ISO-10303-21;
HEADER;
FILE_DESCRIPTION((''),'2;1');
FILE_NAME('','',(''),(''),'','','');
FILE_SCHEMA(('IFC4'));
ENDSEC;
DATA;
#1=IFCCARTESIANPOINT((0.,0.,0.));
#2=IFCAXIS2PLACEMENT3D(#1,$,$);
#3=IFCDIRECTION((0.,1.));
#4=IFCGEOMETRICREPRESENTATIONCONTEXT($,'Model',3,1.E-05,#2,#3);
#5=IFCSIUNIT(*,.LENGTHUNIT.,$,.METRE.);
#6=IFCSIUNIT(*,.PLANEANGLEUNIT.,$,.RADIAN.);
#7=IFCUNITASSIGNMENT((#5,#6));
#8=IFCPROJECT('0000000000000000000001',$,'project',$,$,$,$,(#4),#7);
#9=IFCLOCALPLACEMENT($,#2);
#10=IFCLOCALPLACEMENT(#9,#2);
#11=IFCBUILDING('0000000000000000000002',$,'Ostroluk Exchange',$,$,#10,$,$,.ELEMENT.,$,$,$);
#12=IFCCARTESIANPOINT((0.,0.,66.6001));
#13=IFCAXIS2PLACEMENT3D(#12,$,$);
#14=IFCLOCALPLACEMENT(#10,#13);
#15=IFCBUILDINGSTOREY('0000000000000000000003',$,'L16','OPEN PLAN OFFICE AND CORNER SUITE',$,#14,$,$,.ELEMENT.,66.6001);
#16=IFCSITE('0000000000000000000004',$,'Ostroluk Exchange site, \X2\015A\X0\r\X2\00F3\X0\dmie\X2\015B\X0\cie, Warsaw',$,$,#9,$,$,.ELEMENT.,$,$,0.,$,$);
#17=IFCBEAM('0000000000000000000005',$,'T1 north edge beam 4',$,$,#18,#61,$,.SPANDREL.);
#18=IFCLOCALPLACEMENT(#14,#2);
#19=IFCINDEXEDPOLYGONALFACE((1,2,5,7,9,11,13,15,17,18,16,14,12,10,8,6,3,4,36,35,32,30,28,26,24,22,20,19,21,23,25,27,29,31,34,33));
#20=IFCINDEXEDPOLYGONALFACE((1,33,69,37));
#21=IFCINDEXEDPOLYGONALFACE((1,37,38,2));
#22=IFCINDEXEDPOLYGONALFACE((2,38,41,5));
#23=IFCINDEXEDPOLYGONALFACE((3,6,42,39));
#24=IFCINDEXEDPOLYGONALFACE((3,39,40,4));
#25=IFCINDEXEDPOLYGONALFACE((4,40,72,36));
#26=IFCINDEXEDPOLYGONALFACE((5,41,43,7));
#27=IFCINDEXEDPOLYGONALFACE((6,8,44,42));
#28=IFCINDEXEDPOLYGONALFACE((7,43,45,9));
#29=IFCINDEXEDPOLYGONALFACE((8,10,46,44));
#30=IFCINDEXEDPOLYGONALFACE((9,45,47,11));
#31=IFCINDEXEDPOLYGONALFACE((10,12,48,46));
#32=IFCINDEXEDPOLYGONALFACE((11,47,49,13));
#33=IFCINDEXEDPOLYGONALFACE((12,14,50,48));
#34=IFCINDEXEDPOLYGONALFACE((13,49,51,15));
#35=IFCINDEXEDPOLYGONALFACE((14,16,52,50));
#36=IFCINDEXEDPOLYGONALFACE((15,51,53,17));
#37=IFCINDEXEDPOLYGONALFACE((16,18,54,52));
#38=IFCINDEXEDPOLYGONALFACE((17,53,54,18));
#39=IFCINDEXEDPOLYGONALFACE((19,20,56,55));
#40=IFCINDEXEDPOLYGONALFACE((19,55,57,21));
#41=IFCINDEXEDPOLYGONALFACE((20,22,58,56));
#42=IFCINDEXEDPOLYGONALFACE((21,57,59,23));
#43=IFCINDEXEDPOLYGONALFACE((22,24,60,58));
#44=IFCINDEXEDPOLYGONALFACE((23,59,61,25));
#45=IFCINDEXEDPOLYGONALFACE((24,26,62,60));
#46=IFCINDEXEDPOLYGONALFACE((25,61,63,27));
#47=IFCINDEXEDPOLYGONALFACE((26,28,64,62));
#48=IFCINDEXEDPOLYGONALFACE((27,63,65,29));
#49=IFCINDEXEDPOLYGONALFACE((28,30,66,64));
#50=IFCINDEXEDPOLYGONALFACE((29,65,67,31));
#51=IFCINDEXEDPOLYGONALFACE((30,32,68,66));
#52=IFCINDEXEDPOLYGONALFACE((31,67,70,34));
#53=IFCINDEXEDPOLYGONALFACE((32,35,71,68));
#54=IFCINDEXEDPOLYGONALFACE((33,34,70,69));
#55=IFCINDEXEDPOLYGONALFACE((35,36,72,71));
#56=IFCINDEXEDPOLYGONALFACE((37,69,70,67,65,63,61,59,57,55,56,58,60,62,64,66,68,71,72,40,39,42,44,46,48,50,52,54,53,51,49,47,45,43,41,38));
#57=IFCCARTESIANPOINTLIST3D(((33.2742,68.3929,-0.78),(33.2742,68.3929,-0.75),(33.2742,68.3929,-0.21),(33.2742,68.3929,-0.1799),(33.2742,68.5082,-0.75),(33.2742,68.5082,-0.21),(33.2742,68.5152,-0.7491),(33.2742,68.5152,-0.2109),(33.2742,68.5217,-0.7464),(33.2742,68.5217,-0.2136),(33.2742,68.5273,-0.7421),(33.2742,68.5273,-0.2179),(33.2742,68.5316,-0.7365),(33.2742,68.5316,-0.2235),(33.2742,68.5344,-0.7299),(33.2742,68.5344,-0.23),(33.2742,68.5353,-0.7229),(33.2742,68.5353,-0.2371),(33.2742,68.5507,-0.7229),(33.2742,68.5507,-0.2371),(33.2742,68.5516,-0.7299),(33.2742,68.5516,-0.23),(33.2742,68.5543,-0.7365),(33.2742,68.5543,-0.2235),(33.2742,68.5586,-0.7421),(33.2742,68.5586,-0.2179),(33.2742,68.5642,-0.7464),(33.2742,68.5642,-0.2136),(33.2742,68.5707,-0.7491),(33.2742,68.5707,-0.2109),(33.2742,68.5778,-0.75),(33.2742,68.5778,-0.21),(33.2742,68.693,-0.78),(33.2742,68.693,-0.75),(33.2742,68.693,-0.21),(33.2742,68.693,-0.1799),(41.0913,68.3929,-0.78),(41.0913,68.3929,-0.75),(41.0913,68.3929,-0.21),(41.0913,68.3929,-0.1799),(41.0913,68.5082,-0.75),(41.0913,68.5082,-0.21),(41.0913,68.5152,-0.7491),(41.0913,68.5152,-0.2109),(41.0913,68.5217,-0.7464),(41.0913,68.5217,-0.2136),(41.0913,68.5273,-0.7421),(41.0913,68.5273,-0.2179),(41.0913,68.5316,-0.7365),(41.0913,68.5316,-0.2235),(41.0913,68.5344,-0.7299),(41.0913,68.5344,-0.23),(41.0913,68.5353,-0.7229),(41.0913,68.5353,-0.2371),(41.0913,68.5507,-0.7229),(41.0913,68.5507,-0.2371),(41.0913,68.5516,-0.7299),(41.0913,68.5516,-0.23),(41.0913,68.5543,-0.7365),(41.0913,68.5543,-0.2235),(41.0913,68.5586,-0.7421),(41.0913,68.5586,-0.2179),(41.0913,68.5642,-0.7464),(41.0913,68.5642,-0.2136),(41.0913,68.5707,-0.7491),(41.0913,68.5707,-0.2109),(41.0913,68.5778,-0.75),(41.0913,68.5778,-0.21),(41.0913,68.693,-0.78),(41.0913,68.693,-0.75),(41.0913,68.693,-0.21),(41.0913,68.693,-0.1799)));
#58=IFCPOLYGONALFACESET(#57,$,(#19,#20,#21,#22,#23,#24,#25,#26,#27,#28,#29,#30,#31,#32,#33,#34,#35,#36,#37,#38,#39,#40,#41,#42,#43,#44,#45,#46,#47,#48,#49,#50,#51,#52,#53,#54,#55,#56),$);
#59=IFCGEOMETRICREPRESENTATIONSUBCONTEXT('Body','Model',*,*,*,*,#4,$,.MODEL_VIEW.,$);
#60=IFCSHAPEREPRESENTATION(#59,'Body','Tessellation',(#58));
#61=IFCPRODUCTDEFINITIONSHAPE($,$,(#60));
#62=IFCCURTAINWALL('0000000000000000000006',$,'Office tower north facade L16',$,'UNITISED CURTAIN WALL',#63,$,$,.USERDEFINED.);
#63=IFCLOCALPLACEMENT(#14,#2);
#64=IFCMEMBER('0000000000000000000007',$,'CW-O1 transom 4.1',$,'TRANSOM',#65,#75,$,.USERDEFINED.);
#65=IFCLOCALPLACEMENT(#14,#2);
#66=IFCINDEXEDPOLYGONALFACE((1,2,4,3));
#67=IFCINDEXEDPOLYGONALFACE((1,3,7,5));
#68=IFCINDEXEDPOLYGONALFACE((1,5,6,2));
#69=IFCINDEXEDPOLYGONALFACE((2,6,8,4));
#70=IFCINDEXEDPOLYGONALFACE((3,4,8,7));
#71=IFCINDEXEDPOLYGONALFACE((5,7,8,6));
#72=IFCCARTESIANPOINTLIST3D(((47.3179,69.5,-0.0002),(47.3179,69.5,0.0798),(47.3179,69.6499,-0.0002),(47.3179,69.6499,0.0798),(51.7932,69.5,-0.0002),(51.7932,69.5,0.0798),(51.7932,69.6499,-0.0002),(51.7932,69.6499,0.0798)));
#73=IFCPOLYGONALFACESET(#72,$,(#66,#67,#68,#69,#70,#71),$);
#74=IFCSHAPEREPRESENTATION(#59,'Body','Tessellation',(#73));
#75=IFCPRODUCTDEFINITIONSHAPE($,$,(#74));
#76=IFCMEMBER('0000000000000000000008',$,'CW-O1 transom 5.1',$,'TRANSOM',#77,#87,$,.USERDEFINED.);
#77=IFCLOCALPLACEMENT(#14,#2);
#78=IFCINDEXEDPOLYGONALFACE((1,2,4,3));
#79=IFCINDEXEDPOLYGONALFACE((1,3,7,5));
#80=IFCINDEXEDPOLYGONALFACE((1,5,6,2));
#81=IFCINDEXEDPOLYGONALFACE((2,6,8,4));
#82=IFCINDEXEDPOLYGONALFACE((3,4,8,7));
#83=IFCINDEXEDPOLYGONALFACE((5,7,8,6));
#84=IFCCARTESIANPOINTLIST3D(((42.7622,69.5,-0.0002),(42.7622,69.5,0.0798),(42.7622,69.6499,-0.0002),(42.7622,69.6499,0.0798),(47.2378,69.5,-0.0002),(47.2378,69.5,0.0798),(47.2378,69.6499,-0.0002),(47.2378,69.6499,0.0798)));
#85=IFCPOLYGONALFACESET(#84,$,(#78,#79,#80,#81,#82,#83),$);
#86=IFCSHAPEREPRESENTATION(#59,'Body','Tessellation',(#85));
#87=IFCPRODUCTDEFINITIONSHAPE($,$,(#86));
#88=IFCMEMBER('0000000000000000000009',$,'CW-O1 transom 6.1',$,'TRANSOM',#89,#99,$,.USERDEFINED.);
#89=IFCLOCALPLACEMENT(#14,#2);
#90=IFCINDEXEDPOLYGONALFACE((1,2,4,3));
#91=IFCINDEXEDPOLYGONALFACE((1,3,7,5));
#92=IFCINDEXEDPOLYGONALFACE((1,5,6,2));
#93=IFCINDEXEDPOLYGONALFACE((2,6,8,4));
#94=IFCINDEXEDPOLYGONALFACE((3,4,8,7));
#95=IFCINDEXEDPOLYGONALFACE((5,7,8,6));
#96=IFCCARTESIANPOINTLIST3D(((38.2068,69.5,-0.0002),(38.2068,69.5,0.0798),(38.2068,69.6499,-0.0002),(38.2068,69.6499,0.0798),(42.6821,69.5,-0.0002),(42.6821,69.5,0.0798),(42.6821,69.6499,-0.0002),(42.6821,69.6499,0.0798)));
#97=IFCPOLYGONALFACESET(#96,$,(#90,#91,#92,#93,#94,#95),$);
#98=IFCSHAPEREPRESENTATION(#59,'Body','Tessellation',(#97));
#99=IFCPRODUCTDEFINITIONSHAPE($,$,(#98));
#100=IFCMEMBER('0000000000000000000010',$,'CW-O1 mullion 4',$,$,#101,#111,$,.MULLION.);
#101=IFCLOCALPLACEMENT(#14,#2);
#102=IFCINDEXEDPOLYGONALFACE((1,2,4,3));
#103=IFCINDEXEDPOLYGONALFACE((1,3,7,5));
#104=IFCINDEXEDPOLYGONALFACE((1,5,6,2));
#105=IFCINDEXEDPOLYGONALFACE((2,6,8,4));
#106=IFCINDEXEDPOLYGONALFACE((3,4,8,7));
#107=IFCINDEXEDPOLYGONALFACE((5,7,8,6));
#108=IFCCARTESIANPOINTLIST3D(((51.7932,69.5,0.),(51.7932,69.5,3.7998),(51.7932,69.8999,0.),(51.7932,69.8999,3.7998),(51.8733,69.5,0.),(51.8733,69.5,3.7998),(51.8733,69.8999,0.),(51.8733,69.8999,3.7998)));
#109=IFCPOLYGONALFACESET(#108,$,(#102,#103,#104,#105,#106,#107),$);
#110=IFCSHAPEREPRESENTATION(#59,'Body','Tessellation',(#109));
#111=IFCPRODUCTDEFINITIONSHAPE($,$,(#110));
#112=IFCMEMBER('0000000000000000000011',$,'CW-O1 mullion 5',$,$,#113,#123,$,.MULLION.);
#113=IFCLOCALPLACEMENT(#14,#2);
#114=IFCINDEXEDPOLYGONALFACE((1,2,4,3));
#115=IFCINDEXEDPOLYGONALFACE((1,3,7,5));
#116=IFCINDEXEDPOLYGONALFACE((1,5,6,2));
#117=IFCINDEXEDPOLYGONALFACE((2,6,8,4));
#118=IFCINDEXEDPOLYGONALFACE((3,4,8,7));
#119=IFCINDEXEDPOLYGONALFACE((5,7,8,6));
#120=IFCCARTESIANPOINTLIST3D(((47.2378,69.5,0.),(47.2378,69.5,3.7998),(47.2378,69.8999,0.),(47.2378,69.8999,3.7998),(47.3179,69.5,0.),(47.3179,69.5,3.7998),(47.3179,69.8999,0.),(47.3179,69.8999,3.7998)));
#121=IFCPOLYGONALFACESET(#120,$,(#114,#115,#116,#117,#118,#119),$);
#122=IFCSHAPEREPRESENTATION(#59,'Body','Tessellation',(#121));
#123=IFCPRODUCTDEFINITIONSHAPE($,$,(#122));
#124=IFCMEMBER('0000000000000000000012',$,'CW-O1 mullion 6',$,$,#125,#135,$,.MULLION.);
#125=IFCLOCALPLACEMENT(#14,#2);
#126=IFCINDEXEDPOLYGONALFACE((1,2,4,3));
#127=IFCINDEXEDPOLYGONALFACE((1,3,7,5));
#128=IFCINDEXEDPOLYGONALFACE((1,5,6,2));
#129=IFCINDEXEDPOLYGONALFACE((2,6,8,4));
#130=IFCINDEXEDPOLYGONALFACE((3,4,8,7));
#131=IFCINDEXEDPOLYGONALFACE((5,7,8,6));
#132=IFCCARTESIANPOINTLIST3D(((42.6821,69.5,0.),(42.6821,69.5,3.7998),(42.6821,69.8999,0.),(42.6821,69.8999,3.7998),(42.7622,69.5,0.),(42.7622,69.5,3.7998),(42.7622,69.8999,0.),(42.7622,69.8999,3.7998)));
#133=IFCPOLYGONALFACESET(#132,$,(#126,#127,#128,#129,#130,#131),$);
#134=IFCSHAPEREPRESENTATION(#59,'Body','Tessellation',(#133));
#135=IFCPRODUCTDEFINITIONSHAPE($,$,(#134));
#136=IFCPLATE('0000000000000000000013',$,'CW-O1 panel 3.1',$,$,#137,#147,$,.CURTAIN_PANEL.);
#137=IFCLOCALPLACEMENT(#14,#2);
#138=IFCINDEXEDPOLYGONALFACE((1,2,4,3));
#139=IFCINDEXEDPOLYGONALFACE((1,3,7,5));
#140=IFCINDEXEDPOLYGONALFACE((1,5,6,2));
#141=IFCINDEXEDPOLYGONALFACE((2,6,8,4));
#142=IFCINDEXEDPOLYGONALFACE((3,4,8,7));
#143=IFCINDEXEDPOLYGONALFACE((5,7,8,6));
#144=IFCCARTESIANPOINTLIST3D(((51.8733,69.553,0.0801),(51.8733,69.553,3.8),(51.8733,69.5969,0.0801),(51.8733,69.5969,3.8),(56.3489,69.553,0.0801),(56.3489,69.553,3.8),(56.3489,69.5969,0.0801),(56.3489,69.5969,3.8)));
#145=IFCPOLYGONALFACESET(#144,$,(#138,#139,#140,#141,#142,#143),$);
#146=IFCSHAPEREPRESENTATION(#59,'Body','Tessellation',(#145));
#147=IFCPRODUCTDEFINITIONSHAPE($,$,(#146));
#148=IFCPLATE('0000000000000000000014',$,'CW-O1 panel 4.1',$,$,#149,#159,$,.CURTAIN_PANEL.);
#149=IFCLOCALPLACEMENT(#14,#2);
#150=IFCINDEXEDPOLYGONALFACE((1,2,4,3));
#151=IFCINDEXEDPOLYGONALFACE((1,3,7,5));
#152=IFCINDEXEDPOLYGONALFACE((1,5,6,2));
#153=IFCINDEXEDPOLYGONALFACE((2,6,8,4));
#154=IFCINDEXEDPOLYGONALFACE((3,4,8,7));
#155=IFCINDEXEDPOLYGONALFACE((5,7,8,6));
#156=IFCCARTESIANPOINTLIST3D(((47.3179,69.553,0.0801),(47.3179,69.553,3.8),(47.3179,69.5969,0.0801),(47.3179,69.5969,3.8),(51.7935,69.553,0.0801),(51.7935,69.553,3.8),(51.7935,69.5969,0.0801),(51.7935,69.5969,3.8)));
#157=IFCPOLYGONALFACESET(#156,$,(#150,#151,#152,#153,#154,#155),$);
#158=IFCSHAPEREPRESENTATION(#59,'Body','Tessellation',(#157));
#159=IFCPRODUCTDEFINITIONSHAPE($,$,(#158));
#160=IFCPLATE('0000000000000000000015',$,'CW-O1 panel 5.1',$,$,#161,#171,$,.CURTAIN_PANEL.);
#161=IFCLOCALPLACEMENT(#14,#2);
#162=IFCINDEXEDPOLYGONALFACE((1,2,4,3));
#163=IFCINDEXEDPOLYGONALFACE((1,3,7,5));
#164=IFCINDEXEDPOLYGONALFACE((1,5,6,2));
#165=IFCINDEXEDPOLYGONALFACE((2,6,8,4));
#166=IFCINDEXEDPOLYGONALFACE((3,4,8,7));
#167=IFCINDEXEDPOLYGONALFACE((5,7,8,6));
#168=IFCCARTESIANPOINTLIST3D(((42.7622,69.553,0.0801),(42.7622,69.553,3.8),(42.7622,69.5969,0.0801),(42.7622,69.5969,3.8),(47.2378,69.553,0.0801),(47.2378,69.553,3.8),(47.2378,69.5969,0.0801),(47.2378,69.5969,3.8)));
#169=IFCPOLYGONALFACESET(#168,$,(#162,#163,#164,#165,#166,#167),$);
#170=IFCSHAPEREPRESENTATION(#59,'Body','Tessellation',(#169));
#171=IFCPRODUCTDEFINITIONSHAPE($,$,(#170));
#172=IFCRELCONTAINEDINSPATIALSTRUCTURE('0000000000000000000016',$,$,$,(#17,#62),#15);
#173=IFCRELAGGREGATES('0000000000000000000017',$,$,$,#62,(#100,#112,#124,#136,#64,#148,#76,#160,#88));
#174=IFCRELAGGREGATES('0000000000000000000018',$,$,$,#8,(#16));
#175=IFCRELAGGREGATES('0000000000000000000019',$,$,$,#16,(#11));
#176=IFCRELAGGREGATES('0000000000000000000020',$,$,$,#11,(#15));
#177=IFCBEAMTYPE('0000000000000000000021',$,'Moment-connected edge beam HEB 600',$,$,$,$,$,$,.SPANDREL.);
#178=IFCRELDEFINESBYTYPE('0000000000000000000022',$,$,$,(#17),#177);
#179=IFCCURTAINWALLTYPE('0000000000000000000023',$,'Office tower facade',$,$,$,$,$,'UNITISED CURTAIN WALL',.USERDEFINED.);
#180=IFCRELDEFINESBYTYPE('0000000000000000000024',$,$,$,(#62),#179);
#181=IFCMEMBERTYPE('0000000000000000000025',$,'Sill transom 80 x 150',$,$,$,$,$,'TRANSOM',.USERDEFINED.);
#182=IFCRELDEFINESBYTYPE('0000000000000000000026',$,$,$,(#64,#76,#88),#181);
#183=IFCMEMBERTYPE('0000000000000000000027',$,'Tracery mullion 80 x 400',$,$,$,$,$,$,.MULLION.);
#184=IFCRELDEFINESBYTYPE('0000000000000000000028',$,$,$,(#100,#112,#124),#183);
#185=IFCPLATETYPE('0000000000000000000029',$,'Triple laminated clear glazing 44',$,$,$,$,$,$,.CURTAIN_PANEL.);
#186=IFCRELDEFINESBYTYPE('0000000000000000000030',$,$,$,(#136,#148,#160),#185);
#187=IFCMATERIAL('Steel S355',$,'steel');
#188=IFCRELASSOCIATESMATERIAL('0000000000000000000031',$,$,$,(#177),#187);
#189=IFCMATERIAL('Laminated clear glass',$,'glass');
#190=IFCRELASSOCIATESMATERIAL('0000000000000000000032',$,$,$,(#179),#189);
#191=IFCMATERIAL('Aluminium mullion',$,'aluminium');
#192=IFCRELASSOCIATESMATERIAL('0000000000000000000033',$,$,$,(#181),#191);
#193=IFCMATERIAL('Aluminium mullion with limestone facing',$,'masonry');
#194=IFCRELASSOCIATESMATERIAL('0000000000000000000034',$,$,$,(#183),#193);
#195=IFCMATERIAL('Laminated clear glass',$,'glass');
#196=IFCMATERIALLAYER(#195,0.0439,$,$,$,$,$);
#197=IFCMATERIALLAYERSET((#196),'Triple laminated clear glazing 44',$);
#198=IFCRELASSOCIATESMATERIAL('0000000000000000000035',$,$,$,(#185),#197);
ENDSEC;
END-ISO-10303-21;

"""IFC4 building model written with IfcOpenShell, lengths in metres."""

from ifc_helpers import new_model, si_unit, direction, frame, origin, origin_2d, place, context, subcontext, project, spatial, rectangle, i_section, extrude, material, layer, layer_set, material_profile, profile_set, type_object, element, aggregate, save


model = new_model("IFC4")

# Units and contexts
model_context = context("Model", 3, precision=1e-05, world=origin(), true_north=direction((0.0, 1.0)))
body_context = subcontext(model_context, "Body", "Model", "MODEL_VIEW")
ifc_project = project(units=[si_unit("LENGTHUNIT", "METRE"), si_unit("PLANEANGLEUNIT", "RADIAN")], contexts=[model_context])

# Site, building, storey
site_placement = place(None, origin())
site = spatial("IfcSite", under=ifc_project, at=site_placement, Name="Ostroluk Exchange site, Śródmieście, Warsaw", CompositionType="ELEMENT", RefElevation=0.0)
building_placement = place(site_placement, origin())
building = spatial("IfcBuilding", under=site, at=building_placement, Name="Ostroluk Exchange", CompositionType="ELEMENT")
storey_placement = place(building_placement, frame((0.0, 0.0, 66.6001)))
storey = spatial("IfcBuildingStorey", under=building, at=storey_placement, Name="L16", Description="OPEN PLAN OFFICE AND CORNER SUITE", CompositionType="ELEMENT", Elevation=66.6001)

# Beam
ifc_material_1 = material(Name="Steel S355", Category="steel")
ifc_material_profile_1 = material_profile(ifc_material_1, i_section(OverallWidth=0.3, OverallDepth=0.6001, WebThickness=0.0154, FlangeThickness=0.03, FilletRadius=0.0271, at=origin_2d()), Name="HEB 600")
ifc_profile_set_1 = profile_set([ifc_material_profile_1], Name="Steel S355")
beam_type_1 = type_object("IfcBeamType", Name="Moment-connected edge beam HEB 600", PredefinedType="SPANDREL", material=ifc_profile_set_1)
beam_1_placement = place(storey_placement, frame((41.0913, 68.543, -0.48), z_axis=(-1.0, 0.0, 0.0), x_axis=(0.0, -1.0, 0.0)))
element("IfcBeam", 1, at=beam_1_placement, inside=storey, type_object=beam_type_1, Name="T1 north edge beam 4", PredefinedType="SPANDREL", context=body_context, shape_type="SweptSolid", body=[
    extrude(i_section(OverallWidth=0.3, OverallDepth=0.6001, WebThickness=0.0154, FlangeThickness=0.03, FilletRadius=0.0271, at=origin_2d()), origin(), (0.0, 0.0, 1.0), 7.8171),
])

# Curtain wall, members, plates
ifc_material_2 = material(Name="Laminated clear glass", Category="glass")
curtain_wall_type = type_object("IfcCurtainWallType", Name="Office tower facade", ElementType="UNITISED CURTAIN WALL", PredefinedType="USERDEFINED", material=ifc_material_2)
curtain_wall_placement = place(storey_placement, origin())
curtain_wall = element("IfcCurtainWall", 2, at=curtain_wall_placement, inside=storey, type_object=curtain_wall_type, Name="Office tower north facade L16", ObjectType="UNITISED CURTAIN WALL", PredefinedType="USERDEFINED")
ifc_material_3 = material(Name="Aluminium mullion", Category="aluminium")
ifc_material_profile_2 = material_profile(ifc_material_3, rectangle(XDim=0.1499, YDim=0.0801, at=origin_2d()), Name="Sill transom 80 x 150")
ifc_profile_set_2 = profile_set([ifc_material_profile_2], Name="Aluminium mullion")
member_type_1 = type_object("IfcMemberType", Name="Sill transom 80 x 150", ElementType="TRANSOM", PredefinedType="USERDEFINED", material=ifc_profile_set_2)
member_1_placement = place(storey_placement, frame((51.7932, 69.575, 0.0398), z_axis=(-1.0, 0.0, 0.0), x_axis=(0.0, -1.0, 0.0)))
member_1 = element("IfcMember", 3, at=member_1_placement, type_object=member_type_1, Name="CW-O1 transom 4.1", ObjectType="TRANSOM", PredefinedType="USERDEFINED", context=body_context, shape_type="SweptSolid", body=[
    extrude(rectangle(XDim=0.1499, YDim=0.0801, at=origin_2d()), origin(), (0.0, 0.0, 1.0), 4.4753),
])
member_2_placement = place(storey_placement, frame((47.2378, 69.575, 0.0398), z_axis=(-1.0, 0.0, 0.0), x_axis=(0.0, -1.0, 0.0)))
member_2 = element("IfcMember", 4, at=member_2_placement, type_object=member_type_1, Name="CW-O1 transom 5.1", ObjectType="TRANSOM", PredefinedType="USERDEFINED", context=body_context, shape_type="SweptSolid", body=[
    extrude(rectangle(XDim=0.1499, YDim=0.0801, at=origin_2d()), origin(), (0.0, 0.0, 1.0), 4.4756),
])
member_3_placement = place(storey_placement, frame((42.6821, 69.575, 0.0398), z_axis=(-1.0, 0.0, 0.0), x_axis=(0.0, -1.0, 0.0)))
member_3 = element("IfcMember", 5, at=member_3_placement, type_object=member_type_1, Name="CW-O1 transom 6.1", ObjectType="TRANSOM", PredefinedType="USERDEFINED", context=body_context, shape_type="SweptSolid", body=[
    extrude(rectangle(XDim=0.1499, YDim=0.0801, at=origin_2d()), origin(), (0.0, 0.0, 1.0), 4.4753),
])
ifc_material_4 = material(Name="Aluminium mullion with limestone facing", Category="masonry")
ifc_material_profile_3 = material_profile(ifc_material_4, rectangle(XDim=0.3999, YDim=0.0801, at=origin_2d()), Name="Tracery mullion 80 x 400")
ifc_profile_set_3 = profile_set([ifc_material_profile_3], Name="Aluminium mullion with limestone facing")
member_type_2 = type_object("IfcMemberType", Name="Tracery mullion 80 x 400", PredefinedType="MULLION", material=ifc_profile_set_3)
member_4_placement = place(storey_placement, frame((51.8333, 69.7, 0.0), z_axis=(0.0, 0.0, 1.0), x_axis=(0.0, -1.0, 0.0)))
member_4 = element("IfcMember", 6, at=member_4_placement, type_object=member_type_2, Name="CW-O1 mullion 4", PredefinedType="MULLION", context=body_context, shape_type="SweptSolid", body=[
    extrude(rectangle(XDim=0.3999, YDim=0.0801, at=origin_2d()), origin(), (0.0, 0.0, 1.0), 3.7998),
])
member_5_placement = place(storey_placement, frame((47.2778, 69.7, 0.0), z_axis=(0.0, 0.0, 1.0), x_axis=(0.0, -1.0, 0.0)))
member_5 = element("IfcMember", 7, at=member_5_placement, type_object=member_type_2, Name="CW-O1 mullion 5", PredefinedType="MULLION", context=body_context, shape_type="SweptSolid", body=[
    extrude(rectangle(XDim=0.3999, YDim=0.0801, at=origin_2d()), origin(), (0.0, 0.0, 1.0), 3.7998),
])
member_6_placement = place(storey_placement, frame((42.7222, 69.7, 0.0), z_axis=(0.0, 0.0, 1.0), x_axis=(0.0, -1.0, 0.0)))
member_6 = element("IfcMember", 8, at=member_6_placement, type_object=member_type_2, Name="CW-O1 mullion 6", PredefinedType="MULLION", context=body_context, shape_type="SweptSolid", body=[
    extrude(rectangle(XDim=0.3999, YDim=0.0801, at=origin_2d()), origin(), (0.0, 0.0, 1.0), 3.7998),
])
ifc_material_5 = material(Name="Laminated clear glass", Category="glass")
ifc_layer_1 = layer(ifc_material_5, 0.0439)
ifc_layer_set_1 = layer_set([ifc_layer_1], Name="Triple laminated clear glazing 44")
plate_type = type_object("IfcPlateType", Name="Triple laminated clear glazing 44", PredefinedType="CURTAIN_PANEL", material=ifc_layer_set_1)
plate_1_placement = place(storey_placement, frame((54.1111, 69.575, 0.0801), z_axis=(0.0, 0.0, 1.0), x_axis=(-1.0, 0.0, 0.0)))
plate_1 = element("IfcPlate", 9, at=plate_1_placement, type_object=plate_type, Name="CW-O1 panel 3.1", PredefinedType="CURTAIN_PANEL", context=body_context, shape_type="SweptSolid", body=[
    extrude(rectangle(XDim=4.4756, YDim=0.0439, at=origin_2d()), origin(), (0.0, 0.0, 1.0), 3.72),
])
plate_2_placement = place(storey_placement, frame((49.5557, 69.575, 0.0801), z_axis=(0.0, 0.0, 1.0), x_axis=(-1.0, 0.0, 0.0)))
plate_2 = element("IfcPlate", 10, at=plate_2_placement, type_object=plate_type, Name="CW-O1 panel 4.1", PredefinedType="CURTAIN_PANEL", context=body_context, shape_type="SweptSolid", body=[
    extrude(rectangle(XDim=4.4756, YDim=0.0439, at=origin_2d()), origin(), (0.0, 0.0, 1.0), 3.72),
])
plate_3_placement = place(storey_placement, frame((45.0, 69.575, 0.0801), z_axis=(0.0, 0.0, 1.0), x_axis=(-1.0, 0.0, 0.0)))
plate_3 = element("IfcPlate", 11, at=plate_3_placement, type_object=plate_type, Name="CW-O1 panel 5.1", PredefinedType="CURTAIN_PANEL", context=body_context, shape_type="SweptSolid", body=[
    extrude(rectangle(XDim=4.4756, YDim=0.0439, at=origin_2d()), origin(), (0.0, 0.0, 1.0), 3.72),
])
aggregate(curtain_wall, [member_4, member_5, member_6, plate_1, member_1, plate_2, member_2, plate_3, member_3])

save(model, "model.ifc")
